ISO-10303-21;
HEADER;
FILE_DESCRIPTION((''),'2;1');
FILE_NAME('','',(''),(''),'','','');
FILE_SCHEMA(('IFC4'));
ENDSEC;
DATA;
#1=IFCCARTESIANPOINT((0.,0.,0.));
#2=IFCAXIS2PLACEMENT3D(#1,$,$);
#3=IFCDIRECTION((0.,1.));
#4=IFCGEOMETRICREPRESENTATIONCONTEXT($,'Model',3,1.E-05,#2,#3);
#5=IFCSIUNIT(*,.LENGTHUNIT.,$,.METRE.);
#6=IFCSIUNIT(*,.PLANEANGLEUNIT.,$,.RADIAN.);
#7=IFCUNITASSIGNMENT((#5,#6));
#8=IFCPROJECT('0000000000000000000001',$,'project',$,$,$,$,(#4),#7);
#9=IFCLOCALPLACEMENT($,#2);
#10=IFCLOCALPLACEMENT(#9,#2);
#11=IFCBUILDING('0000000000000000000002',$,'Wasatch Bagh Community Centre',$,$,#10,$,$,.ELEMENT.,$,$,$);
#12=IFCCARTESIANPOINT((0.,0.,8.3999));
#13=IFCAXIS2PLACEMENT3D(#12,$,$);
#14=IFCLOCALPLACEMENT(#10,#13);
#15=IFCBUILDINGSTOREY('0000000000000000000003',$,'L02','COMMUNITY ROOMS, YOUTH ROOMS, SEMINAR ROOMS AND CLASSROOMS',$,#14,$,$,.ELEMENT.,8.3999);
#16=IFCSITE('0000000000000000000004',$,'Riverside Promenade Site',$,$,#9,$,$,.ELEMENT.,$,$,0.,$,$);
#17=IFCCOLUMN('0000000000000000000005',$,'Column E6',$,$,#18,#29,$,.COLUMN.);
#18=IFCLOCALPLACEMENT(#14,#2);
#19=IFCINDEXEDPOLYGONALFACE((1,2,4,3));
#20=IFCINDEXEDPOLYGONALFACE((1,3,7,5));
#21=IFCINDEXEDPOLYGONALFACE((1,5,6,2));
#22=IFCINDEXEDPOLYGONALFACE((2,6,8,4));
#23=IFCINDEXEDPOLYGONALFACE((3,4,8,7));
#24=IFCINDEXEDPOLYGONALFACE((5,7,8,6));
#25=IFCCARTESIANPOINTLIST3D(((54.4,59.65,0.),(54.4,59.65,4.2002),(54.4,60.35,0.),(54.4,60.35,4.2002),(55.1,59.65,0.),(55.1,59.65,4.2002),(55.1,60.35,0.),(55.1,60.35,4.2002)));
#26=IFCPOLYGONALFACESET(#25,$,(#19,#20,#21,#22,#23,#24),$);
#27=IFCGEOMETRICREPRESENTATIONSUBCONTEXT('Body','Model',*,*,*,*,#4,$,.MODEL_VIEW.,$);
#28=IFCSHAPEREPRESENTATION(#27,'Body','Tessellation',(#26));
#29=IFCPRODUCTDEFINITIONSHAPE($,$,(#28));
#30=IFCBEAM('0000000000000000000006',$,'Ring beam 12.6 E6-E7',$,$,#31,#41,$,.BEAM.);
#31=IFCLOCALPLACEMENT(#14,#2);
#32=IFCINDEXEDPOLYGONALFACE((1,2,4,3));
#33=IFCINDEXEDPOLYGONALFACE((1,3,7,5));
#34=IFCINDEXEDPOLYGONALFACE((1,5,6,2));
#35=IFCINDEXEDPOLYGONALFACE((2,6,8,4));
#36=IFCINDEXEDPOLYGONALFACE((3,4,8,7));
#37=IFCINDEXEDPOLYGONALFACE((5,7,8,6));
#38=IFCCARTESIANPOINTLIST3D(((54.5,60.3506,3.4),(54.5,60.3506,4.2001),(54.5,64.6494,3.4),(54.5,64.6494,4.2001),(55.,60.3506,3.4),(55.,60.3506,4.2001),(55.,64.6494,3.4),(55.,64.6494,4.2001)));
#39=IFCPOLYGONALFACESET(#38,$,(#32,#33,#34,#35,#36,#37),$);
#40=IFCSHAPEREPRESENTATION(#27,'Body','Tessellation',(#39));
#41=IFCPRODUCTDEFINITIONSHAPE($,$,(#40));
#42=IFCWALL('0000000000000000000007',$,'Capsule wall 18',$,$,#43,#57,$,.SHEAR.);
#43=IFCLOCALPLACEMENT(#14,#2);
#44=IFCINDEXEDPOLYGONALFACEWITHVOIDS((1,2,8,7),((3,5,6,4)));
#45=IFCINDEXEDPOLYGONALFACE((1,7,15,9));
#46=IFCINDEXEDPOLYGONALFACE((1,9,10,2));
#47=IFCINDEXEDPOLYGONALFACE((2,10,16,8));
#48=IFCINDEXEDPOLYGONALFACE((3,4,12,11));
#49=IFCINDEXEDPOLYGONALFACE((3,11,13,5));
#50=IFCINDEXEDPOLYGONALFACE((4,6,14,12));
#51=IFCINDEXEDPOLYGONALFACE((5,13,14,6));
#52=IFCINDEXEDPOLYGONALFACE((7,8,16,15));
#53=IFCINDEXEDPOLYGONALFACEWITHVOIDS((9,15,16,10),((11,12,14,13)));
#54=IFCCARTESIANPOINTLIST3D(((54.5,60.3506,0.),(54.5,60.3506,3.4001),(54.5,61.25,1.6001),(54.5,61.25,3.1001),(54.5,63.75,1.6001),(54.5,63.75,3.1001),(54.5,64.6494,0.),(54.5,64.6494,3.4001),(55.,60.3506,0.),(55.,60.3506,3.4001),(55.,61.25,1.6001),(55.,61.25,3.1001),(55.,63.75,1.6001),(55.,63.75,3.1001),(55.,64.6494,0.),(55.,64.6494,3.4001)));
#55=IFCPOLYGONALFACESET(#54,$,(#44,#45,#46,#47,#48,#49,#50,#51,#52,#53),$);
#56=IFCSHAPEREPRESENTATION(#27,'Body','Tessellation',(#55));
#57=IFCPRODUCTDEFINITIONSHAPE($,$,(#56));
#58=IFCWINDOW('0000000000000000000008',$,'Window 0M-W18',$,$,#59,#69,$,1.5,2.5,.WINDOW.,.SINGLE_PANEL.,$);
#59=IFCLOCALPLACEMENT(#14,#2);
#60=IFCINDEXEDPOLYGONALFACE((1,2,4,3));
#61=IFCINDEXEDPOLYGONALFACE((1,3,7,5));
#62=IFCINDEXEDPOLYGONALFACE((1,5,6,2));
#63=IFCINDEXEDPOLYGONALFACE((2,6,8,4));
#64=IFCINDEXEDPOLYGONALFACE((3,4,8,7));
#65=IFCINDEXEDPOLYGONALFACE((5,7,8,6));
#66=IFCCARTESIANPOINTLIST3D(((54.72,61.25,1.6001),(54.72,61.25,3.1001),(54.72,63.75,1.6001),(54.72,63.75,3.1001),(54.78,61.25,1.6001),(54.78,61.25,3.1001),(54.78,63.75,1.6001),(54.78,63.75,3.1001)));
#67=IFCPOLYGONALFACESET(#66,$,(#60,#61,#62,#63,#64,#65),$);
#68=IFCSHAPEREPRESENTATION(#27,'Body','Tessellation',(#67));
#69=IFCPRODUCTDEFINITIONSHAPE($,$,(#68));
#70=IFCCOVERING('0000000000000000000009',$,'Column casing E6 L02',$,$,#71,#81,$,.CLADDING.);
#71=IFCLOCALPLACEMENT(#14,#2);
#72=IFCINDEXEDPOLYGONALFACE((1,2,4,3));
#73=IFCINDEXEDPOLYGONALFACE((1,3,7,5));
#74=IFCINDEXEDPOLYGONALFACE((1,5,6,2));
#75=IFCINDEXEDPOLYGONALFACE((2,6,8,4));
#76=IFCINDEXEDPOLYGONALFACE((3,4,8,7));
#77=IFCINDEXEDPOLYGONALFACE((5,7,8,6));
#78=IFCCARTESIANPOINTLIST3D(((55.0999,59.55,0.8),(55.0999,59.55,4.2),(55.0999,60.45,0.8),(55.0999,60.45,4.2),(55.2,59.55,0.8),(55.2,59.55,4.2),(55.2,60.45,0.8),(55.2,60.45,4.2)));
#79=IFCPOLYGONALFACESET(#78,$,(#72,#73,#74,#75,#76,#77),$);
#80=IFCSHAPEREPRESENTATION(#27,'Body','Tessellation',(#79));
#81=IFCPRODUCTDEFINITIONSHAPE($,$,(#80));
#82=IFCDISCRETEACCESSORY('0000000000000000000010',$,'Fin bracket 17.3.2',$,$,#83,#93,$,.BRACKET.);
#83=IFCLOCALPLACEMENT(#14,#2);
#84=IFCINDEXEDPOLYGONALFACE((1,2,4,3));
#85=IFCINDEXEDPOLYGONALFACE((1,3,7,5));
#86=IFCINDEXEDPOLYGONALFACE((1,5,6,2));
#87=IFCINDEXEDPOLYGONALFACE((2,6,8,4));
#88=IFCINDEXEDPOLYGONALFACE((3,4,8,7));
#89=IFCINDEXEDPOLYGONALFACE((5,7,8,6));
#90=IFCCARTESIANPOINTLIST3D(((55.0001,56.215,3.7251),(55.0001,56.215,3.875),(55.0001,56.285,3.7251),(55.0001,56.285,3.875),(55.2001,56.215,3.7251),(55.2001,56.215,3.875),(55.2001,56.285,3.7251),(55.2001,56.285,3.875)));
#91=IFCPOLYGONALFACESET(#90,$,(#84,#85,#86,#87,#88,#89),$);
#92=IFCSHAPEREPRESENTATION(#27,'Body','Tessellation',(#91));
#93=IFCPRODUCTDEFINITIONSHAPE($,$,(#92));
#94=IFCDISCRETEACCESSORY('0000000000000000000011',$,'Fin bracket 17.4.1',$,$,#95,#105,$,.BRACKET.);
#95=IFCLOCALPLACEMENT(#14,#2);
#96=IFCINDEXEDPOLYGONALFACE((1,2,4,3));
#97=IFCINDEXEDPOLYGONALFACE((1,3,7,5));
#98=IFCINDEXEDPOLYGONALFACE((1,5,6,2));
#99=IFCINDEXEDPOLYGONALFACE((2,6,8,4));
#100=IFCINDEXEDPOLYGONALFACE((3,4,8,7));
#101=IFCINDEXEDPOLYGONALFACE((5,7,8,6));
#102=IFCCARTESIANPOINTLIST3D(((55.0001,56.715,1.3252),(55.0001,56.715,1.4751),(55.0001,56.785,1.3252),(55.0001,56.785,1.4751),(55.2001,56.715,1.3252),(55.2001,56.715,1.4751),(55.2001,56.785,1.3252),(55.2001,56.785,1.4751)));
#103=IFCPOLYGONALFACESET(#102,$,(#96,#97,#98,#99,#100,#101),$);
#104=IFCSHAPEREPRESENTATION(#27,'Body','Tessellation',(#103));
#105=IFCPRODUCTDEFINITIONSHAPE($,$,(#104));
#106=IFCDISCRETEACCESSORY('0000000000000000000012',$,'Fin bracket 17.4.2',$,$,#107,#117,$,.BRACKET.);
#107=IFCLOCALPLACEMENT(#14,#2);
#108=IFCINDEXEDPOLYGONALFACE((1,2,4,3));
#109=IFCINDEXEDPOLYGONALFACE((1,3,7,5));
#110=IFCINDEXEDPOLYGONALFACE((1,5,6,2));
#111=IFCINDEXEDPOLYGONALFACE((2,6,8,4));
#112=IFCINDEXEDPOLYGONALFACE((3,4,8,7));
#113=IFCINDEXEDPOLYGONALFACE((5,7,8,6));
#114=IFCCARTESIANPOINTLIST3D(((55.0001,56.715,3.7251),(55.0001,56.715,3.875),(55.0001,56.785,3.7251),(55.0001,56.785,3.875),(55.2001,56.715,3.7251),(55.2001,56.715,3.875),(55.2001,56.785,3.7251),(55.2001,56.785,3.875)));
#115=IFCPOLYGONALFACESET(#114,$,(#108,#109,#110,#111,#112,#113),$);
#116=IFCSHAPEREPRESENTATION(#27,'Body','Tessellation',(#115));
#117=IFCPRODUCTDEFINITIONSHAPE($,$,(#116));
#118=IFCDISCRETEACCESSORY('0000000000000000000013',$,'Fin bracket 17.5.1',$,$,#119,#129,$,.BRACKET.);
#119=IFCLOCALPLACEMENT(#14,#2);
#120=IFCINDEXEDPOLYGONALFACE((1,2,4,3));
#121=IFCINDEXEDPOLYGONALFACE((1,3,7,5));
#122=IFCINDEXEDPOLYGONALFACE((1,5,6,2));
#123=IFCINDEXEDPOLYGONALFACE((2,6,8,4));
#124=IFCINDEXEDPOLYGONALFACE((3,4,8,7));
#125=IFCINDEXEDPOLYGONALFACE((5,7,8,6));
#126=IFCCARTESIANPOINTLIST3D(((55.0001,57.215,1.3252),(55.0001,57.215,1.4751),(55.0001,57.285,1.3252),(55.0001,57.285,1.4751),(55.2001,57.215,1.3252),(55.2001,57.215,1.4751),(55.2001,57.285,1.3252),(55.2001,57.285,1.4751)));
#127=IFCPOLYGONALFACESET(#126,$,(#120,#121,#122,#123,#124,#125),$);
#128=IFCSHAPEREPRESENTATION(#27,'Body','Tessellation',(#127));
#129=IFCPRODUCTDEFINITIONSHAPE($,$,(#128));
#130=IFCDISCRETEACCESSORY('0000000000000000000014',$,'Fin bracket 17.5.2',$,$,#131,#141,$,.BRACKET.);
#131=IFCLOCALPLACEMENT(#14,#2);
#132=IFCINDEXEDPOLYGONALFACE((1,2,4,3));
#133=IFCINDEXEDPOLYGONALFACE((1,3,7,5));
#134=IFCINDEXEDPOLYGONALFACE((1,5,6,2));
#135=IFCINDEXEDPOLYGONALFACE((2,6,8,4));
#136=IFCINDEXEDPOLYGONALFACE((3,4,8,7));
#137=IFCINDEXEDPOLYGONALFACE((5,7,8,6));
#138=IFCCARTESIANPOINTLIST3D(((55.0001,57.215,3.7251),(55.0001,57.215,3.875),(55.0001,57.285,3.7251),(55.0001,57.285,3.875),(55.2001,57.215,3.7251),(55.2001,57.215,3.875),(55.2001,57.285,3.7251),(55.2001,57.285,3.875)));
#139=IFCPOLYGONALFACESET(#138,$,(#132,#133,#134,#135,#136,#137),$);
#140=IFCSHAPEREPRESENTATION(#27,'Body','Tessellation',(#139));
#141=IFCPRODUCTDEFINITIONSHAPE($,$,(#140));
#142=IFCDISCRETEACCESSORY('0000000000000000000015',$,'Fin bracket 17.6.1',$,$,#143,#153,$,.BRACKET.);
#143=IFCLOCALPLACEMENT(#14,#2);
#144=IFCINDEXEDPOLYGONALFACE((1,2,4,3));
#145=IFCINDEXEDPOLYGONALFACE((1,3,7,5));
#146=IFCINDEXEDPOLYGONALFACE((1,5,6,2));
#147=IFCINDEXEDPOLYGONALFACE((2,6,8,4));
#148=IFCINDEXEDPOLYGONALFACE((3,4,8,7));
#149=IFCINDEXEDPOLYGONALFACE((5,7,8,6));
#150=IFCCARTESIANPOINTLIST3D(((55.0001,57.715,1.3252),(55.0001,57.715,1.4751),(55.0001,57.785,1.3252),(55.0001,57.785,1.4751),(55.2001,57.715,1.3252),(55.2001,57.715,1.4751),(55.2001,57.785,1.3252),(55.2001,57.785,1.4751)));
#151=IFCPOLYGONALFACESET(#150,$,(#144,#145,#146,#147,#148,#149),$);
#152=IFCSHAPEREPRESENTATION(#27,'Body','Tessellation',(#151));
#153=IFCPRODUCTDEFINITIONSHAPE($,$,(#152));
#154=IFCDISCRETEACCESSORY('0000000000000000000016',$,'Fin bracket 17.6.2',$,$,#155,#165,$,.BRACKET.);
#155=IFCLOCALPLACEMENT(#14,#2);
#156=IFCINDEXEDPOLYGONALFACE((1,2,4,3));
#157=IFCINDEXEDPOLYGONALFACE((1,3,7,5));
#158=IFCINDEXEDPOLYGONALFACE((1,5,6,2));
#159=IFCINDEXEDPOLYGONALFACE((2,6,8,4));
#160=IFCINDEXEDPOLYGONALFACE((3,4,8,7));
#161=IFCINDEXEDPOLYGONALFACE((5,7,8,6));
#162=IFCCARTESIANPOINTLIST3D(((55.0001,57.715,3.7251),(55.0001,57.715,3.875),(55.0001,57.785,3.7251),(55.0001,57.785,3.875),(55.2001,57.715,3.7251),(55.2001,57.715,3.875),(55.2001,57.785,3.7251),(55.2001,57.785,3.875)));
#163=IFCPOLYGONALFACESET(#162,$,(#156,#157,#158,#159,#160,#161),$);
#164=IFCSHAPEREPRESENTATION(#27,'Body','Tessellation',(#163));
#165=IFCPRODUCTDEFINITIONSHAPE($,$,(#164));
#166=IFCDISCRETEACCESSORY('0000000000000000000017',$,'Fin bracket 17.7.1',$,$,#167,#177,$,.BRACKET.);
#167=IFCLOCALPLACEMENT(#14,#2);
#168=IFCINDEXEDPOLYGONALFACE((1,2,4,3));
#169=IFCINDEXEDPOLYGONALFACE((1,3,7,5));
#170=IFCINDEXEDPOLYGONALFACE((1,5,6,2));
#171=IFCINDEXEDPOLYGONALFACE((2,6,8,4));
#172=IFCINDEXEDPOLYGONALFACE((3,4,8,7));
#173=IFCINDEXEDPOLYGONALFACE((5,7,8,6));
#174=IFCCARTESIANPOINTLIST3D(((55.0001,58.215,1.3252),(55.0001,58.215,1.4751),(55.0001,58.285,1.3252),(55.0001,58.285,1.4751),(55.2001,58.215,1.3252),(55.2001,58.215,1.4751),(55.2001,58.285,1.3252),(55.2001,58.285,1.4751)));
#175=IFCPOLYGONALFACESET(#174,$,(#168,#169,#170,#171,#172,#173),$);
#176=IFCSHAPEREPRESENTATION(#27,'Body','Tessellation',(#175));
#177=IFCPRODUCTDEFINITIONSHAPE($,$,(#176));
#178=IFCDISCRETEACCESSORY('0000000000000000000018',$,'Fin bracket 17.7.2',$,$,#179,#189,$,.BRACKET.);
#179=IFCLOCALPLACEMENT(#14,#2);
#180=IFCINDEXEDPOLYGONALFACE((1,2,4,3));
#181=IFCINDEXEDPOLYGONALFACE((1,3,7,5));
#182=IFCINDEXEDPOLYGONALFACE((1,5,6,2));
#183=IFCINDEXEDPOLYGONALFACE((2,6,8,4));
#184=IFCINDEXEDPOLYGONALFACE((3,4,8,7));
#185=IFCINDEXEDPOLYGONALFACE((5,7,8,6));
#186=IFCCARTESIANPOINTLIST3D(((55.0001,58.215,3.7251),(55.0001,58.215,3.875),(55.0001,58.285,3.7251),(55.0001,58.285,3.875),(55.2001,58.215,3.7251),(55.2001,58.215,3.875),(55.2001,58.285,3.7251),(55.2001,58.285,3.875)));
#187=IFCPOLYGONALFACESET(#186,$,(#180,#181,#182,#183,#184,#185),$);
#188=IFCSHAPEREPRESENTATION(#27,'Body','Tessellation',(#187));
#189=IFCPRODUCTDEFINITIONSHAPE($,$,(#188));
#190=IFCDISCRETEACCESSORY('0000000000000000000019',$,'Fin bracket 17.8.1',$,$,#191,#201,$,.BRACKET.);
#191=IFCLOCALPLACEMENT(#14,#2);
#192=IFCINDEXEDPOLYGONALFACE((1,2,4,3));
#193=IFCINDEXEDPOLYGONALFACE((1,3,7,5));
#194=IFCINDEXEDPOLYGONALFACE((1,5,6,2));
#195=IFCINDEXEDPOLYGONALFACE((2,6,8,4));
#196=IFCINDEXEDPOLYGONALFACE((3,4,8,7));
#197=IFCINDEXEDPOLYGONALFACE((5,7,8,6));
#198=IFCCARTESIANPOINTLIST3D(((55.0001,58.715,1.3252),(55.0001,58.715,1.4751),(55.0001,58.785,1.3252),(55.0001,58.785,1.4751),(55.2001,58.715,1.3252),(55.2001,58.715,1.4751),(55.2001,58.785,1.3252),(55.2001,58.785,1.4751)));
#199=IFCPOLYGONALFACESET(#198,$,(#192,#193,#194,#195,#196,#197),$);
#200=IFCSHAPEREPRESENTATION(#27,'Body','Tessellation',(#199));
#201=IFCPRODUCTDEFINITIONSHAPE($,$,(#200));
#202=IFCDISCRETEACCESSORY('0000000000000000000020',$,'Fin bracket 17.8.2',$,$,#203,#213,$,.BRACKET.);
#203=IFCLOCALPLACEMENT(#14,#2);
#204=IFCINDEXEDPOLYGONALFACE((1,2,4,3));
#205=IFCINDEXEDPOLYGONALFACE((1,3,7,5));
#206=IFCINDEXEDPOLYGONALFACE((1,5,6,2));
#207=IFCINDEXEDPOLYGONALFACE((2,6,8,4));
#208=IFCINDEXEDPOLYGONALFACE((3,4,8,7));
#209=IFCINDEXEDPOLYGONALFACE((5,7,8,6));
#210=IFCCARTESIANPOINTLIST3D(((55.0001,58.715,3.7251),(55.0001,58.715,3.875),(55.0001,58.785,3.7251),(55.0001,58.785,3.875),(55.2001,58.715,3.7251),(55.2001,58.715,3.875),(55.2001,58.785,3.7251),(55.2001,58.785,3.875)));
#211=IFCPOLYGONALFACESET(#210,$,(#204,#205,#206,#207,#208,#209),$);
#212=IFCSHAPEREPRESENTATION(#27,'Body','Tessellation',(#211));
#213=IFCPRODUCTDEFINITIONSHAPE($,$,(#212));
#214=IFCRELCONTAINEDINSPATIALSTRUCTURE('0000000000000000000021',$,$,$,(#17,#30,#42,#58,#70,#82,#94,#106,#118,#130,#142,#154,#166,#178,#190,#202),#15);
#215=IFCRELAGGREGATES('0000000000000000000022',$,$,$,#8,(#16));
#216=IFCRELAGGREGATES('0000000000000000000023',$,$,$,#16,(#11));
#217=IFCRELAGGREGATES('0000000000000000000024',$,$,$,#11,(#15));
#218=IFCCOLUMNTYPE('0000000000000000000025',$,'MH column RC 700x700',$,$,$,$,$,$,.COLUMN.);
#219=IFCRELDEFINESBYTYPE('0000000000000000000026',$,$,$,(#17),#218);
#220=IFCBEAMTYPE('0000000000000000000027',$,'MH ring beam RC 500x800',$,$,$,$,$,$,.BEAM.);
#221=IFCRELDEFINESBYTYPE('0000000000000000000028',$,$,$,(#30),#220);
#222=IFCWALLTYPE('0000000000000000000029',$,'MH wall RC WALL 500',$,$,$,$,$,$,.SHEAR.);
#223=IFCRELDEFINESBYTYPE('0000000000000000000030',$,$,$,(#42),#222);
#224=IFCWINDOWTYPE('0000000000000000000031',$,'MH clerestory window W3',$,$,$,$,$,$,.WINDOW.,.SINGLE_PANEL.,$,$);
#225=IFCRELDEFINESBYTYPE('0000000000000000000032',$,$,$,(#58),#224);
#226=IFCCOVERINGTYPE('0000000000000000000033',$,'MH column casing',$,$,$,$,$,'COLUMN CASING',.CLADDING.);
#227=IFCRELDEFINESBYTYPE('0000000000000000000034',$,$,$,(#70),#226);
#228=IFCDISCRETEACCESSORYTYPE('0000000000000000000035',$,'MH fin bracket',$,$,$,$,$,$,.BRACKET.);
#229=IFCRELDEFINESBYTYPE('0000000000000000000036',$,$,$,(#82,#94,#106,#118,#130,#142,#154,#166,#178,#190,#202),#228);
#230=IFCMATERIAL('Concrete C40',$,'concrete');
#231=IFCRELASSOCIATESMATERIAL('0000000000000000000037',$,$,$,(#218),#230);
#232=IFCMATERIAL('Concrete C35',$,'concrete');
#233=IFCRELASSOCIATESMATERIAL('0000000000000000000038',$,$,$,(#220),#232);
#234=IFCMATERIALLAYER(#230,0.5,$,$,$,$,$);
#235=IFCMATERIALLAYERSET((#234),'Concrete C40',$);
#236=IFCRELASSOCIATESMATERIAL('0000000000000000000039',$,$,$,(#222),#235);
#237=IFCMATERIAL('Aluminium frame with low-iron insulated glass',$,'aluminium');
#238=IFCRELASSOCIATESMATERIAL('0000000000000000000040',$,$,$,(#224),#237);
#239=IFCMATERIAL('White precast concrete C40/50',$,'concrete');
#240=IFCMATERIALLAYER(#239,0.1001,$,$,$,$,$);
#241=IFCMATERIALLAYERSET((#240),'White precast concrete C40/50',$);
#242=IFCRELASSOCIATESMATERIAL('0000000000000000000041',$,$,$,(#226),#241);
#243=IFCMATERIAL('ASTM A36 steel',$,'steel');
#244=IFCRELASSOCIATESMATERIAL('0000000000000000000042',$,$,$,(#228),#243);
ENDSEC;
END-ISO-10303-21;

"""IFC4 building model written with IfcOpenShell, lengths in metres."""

from ifc_helpers import new_model, si_unit, direction, frame, frame_2d, origin, origin_2d, place, context, subcontext, project, spatial, rectangle, extrude, material, layer, layer_set, material_profile, profile_set, type_object, element, fill, save


model = new_model("IFC4")

# Units and contexts
model_context = context("Model", 3, precision=1e-05, world=origin(), true_north=direction((0.0, 1.0)))
body_context = subcontext(model_context, "Body", "Model", "MODEL_VIEW")
ifc_project = project(units=[si_unit("LENGTHUNIT", "METRE"), si_unit("PLANEANGLEUNIT", "RADIAN")], contexts=[model_context])

# Site, building, storey
site_placement = place(None, origin())
site = spatial("IfcSite", under=ifc_project, at=site_placement, Name="Riverside Promenade Site", CompositionType="ELEMENT", RefElevation=0.0)
building_placement = place(site_placement, origin())
building = spatial("IfcBuilding", under=site, at=building_placement, Name="Wasatch Bagh Community Centre", CompositionType="ELEMENT")
storey_placement = place(building_placement, frame((0.0, 0.0, 8.3999)))
storey = spatial("IfcBuildingStorey", under=building, at=storey_placement, Name="L02", Description="COMMUNITY ROOMS, YOUTH ROOMS, SEMINAR ROOMS AND CLASSROOMS", CompositionType="ELEMENT", Elevation=8.3999)

# Column
ifc_material_1 = material(Name="Concrete C40", Category="concrete")
ifc_material_profile_1 = material_profile(ifc_material_1, rectangle(XDim=0.7, YDim=0.7, at=origin_2d()), Name="RC 700x700")
ifc_profile_set_1 = profile_set([ifc_material_profile_1], Name="Concrete C40")
column_type = type_object("IfcColumnType", Name="MH column RC 700x700", PredefinedType="COLUMN", material=ifc_profile_set_1)
column_placement = place(storey_placement, frame((54.75, 60.0, 0.0), z_axis=(0.0, 0.0, 1.0), x_axis=(1.0, 0.0, 0.0)))
element("IfcColumn", 1, at=column_placement, inside=storey, type_object=column_type, Name="Column E6", PredefinedType="COLUMN", context=body_context, shape_type="SweptSolid", body=[
    extrude(rectangle(XDim=0.7, YDim=0.7, at=origin_2d()), origin(), (0.0, 0.0, 1.0), 4.2002),
])

# Beam
ifc_material_2 = material(Name="Concrete C35", Category="concrete")
ifc_material_profile_2 = material_profile(ifc_material_2, rectangle(XDim=0.5, YDim=0.8, at=origin_2d()), Name="RC 500x800")
ifc_profile_set_2 = profile_set([ifc_material_profile_2], Name="Concrete C35")
beam_type = type_object("IfcBeamType", Name="MH ring beam RC 500x800", PredefinedType="BEAM", material=ifc_profile_set_2)
beam_placement = place(storey_placement, frame((54.75, 60.3506, 3.8), z_axis=(0.0, 1.0, 0.0), x_axis=(-1.0, 0.0, 0.0)))
element("IfcBeam", 2, at=beam_placement, inside=storey, type_object=beam_type, Name="Ring beam 12.6 E6-E7", PredefinedType="BEAM", context=body_context, shape_type="SweptSolid", body=[
    extrude(rectangle(XDim=0.5, YDim=0.8, at=origin_2d()), origin(), (0.0, 0.0, 1.0), 4.2988),
])

# Wall, opening, window
ifc_layer_1 = layer(ifc_material_1, 0.5)
ifc_layer_set_1 = layer_set([ifc_layer_1], Name="Concrete C40")
wall_type = type_object("IfcWallType", Name="MH wall RC WALL 500", PredefinedType="SHEAR", material=ifc_layer_set_1)
wall_placement = place(storey_placement, frame((54.75, 60.3506, 0.0), z_axis=(0.0, 0.0, 1.0), x_axis=(0.0, 1.0, 0.0)))
wall = element("IfcWall", 3, at=wall_placement, inside=storey, type_object=wall_type, Name="Capsule wall 18", PredefinedType="SHEAR", context=body_context, shape_type="SweptSolid", body=[
    extrude(rectangle(XDim=4.2988, YDim=0.5, at=frame_2d((2.1494, 0.0))), origin(), (0.0, 0.0, 1.0), 3.4001),
])
opening_placement = place(wall_placement, frame((0.8994, 0.0, 1.6001)))
opening = element("IfcOpeningElement", 4, at=opening_placement, cuts=wall, PredefinedType="OPENING", context=body_context, shape_type="SweptSolid", body=[
    extrude(rectangle(XDim=2.5, YDim=1.5, at=frame_2d((1.25, 0.75))), frame((0.0, 0.26, 0.0), z_axis=(0.0, -1.0, 0.0), x_axis=(1.0, 0.0, 0.0)), (0.0, 0.0, 1.0), 0.52),
])
ifc_material_3 = material(Name="Aluminium frame with low-iron insulated glass", Category="aluminium")
window_type = type_object("IfcWindowType", Name="MH clerestory window W3", PartitioningType="SINGLE_PANEL", PredefinedType="WINDOW", material=ifc_material_3)
window_placement = place(opening_placement, origin())
window = element("IfcWindow", 5, at=window_placement, inside=storey, type_object=window_type, Name="Window 0M-W18", OverallHeight=1.5, OverallWidth=2.5, PartitioningType="SINGLE_PANEL", PredefinedType="WINDOW", context=body_context, shape_type="SweptSolid", body=[
    extrude(rectangle(XDim=2.5, YDim=1.5, at=frame_2d((1.25, 0.75))), frame((0.0, 0.03, 0.0), z_axis=(0.0, -1.0, 0.0), x_axis=(1.0, 0.0, 0.0)), (0.0, 0.0, 1.0), 0.0601),
])
fill(opening, window)

# Covering
ifc_material_4 = material(Name="White precast concrete C40/50", Category="concrete")
ifc_layer_2 = layer(ifc_material_4, 0.1001)
ifc_layer_set_2 = layer_set([ifc_layer_2], Name="White precast concrete C40/50")
covering_type = type_object("IfcCoveringType", Name="MH column casing", ElementType="COLUMN CASING", PredefinedType="CLADDING", material=ifc_layer_set_2)
covering_placement = place(storey_placement, frame((55.1499, 60.0, 0.8), z_axis=(0.0, 0.0, 1.0), x_axis=(0.0, 1.0, 0.0)))
element("IfcCovering", 6, at=covering_placement, inside=storey, type_object=covering_type, Name="Column casing E6 L02", PredefinedType="CLADDING", context=body_context, shape_type="SweptSolid", body=[
    extrude(rectangle(XDim=0.8999, YDim=0.1001, at=origin_2d()), origin(), (0.0, 0.0, 1.0), 3.3999),
])

# Discrete accessories
ifc_material_5 = material(Name="ASTM A36 steel", Category="steel")
discrete_accessory_type = type_object("IfcDiscreteAccessoryType", Name="MH fin bracket", PredefinedType="BRACKET", material=ifc_material_5)
for number, where, z_axis, x_axis, name in (
    (7, (55.1001, 56.25, 3.7251), (0.0, 0.0, 1.0), (0.0, 1.0, 0.0), "Fin bracket 17.3.2"),
    (8, (55.1001, 56.75, 1.3252), (0.0, 0.0, 1.0), (0.0, 1.0, 0.0), "Fin bracket 17.4.1"),
    (9, (55.1001, 56.75, 3.7251), (0.0, 0.0, 1.0), (0.0, 1.0, 0.0), "Fin bracket 17.4.2"),
    (10, (55.1001, 57.25, 1.3252), (0.0, 0.0, 1.0), (0.0, 1.0, 0.0), "Fin bracket 17.5.1"),
    (11, (55.1001, 57.25, 3.7251), (0.0, 0.0, 1.0), (0.0, 1.0, 0.0), "Fin bracket 17.5.2"),
    (12, (55.1001, 57.75, 1.3252), (0.0, 0.0, 1.0), (0.0, 1.0, 0.0), "Fin bracket 17.6.1"),
    (13, (55.1001, 57.75, 3.7251), (0.0, 0.0, 1.0), (0.0, 1.0, 0.0), "Fin bracket 17.6.2"),
    (14, (55.1001, 58.25, 1.3252), (0.0, 0.0, 1.0), (0.0, 1.0, 0.0), "Fin bracket 17.7.1"),
    (15, (55.1001, 58.25, 3.7251), (0.0, 0.0, 1.0), (0.0, 1.0, 0.0), "Fin bracket 17.7.2"),
    (16, (55.1001, 58.75, 1.3252), (0.0, 0.0, 1.0), (0.0, 1.0, 0.0), "Fin bracket 17.8.1"),
    (17, (55.1001, 58.75, 3.7251), (0.0, 0.0, 1.0), (0.0, 1.0, 0.0), "Fin bracket 17.8.2"),
):
    element("IfcDiscreteAccessory", number, at=place(storey_placement, frame(where, z_axis=z_axis, x_axis=x_axis)), inside=storey, type_object=discrete_accessory_type, Name=name, PredefinedType="BRACKET", context=body_context, shape_type="SweptSolid", body=[
        extrude(rectangle(XDim=0.0701, YDim=0.2, at=origin_2d()), origin(), (0.0, 0.0, 1.0), 0.1499),
    ])

save(model, "model.ifc")
